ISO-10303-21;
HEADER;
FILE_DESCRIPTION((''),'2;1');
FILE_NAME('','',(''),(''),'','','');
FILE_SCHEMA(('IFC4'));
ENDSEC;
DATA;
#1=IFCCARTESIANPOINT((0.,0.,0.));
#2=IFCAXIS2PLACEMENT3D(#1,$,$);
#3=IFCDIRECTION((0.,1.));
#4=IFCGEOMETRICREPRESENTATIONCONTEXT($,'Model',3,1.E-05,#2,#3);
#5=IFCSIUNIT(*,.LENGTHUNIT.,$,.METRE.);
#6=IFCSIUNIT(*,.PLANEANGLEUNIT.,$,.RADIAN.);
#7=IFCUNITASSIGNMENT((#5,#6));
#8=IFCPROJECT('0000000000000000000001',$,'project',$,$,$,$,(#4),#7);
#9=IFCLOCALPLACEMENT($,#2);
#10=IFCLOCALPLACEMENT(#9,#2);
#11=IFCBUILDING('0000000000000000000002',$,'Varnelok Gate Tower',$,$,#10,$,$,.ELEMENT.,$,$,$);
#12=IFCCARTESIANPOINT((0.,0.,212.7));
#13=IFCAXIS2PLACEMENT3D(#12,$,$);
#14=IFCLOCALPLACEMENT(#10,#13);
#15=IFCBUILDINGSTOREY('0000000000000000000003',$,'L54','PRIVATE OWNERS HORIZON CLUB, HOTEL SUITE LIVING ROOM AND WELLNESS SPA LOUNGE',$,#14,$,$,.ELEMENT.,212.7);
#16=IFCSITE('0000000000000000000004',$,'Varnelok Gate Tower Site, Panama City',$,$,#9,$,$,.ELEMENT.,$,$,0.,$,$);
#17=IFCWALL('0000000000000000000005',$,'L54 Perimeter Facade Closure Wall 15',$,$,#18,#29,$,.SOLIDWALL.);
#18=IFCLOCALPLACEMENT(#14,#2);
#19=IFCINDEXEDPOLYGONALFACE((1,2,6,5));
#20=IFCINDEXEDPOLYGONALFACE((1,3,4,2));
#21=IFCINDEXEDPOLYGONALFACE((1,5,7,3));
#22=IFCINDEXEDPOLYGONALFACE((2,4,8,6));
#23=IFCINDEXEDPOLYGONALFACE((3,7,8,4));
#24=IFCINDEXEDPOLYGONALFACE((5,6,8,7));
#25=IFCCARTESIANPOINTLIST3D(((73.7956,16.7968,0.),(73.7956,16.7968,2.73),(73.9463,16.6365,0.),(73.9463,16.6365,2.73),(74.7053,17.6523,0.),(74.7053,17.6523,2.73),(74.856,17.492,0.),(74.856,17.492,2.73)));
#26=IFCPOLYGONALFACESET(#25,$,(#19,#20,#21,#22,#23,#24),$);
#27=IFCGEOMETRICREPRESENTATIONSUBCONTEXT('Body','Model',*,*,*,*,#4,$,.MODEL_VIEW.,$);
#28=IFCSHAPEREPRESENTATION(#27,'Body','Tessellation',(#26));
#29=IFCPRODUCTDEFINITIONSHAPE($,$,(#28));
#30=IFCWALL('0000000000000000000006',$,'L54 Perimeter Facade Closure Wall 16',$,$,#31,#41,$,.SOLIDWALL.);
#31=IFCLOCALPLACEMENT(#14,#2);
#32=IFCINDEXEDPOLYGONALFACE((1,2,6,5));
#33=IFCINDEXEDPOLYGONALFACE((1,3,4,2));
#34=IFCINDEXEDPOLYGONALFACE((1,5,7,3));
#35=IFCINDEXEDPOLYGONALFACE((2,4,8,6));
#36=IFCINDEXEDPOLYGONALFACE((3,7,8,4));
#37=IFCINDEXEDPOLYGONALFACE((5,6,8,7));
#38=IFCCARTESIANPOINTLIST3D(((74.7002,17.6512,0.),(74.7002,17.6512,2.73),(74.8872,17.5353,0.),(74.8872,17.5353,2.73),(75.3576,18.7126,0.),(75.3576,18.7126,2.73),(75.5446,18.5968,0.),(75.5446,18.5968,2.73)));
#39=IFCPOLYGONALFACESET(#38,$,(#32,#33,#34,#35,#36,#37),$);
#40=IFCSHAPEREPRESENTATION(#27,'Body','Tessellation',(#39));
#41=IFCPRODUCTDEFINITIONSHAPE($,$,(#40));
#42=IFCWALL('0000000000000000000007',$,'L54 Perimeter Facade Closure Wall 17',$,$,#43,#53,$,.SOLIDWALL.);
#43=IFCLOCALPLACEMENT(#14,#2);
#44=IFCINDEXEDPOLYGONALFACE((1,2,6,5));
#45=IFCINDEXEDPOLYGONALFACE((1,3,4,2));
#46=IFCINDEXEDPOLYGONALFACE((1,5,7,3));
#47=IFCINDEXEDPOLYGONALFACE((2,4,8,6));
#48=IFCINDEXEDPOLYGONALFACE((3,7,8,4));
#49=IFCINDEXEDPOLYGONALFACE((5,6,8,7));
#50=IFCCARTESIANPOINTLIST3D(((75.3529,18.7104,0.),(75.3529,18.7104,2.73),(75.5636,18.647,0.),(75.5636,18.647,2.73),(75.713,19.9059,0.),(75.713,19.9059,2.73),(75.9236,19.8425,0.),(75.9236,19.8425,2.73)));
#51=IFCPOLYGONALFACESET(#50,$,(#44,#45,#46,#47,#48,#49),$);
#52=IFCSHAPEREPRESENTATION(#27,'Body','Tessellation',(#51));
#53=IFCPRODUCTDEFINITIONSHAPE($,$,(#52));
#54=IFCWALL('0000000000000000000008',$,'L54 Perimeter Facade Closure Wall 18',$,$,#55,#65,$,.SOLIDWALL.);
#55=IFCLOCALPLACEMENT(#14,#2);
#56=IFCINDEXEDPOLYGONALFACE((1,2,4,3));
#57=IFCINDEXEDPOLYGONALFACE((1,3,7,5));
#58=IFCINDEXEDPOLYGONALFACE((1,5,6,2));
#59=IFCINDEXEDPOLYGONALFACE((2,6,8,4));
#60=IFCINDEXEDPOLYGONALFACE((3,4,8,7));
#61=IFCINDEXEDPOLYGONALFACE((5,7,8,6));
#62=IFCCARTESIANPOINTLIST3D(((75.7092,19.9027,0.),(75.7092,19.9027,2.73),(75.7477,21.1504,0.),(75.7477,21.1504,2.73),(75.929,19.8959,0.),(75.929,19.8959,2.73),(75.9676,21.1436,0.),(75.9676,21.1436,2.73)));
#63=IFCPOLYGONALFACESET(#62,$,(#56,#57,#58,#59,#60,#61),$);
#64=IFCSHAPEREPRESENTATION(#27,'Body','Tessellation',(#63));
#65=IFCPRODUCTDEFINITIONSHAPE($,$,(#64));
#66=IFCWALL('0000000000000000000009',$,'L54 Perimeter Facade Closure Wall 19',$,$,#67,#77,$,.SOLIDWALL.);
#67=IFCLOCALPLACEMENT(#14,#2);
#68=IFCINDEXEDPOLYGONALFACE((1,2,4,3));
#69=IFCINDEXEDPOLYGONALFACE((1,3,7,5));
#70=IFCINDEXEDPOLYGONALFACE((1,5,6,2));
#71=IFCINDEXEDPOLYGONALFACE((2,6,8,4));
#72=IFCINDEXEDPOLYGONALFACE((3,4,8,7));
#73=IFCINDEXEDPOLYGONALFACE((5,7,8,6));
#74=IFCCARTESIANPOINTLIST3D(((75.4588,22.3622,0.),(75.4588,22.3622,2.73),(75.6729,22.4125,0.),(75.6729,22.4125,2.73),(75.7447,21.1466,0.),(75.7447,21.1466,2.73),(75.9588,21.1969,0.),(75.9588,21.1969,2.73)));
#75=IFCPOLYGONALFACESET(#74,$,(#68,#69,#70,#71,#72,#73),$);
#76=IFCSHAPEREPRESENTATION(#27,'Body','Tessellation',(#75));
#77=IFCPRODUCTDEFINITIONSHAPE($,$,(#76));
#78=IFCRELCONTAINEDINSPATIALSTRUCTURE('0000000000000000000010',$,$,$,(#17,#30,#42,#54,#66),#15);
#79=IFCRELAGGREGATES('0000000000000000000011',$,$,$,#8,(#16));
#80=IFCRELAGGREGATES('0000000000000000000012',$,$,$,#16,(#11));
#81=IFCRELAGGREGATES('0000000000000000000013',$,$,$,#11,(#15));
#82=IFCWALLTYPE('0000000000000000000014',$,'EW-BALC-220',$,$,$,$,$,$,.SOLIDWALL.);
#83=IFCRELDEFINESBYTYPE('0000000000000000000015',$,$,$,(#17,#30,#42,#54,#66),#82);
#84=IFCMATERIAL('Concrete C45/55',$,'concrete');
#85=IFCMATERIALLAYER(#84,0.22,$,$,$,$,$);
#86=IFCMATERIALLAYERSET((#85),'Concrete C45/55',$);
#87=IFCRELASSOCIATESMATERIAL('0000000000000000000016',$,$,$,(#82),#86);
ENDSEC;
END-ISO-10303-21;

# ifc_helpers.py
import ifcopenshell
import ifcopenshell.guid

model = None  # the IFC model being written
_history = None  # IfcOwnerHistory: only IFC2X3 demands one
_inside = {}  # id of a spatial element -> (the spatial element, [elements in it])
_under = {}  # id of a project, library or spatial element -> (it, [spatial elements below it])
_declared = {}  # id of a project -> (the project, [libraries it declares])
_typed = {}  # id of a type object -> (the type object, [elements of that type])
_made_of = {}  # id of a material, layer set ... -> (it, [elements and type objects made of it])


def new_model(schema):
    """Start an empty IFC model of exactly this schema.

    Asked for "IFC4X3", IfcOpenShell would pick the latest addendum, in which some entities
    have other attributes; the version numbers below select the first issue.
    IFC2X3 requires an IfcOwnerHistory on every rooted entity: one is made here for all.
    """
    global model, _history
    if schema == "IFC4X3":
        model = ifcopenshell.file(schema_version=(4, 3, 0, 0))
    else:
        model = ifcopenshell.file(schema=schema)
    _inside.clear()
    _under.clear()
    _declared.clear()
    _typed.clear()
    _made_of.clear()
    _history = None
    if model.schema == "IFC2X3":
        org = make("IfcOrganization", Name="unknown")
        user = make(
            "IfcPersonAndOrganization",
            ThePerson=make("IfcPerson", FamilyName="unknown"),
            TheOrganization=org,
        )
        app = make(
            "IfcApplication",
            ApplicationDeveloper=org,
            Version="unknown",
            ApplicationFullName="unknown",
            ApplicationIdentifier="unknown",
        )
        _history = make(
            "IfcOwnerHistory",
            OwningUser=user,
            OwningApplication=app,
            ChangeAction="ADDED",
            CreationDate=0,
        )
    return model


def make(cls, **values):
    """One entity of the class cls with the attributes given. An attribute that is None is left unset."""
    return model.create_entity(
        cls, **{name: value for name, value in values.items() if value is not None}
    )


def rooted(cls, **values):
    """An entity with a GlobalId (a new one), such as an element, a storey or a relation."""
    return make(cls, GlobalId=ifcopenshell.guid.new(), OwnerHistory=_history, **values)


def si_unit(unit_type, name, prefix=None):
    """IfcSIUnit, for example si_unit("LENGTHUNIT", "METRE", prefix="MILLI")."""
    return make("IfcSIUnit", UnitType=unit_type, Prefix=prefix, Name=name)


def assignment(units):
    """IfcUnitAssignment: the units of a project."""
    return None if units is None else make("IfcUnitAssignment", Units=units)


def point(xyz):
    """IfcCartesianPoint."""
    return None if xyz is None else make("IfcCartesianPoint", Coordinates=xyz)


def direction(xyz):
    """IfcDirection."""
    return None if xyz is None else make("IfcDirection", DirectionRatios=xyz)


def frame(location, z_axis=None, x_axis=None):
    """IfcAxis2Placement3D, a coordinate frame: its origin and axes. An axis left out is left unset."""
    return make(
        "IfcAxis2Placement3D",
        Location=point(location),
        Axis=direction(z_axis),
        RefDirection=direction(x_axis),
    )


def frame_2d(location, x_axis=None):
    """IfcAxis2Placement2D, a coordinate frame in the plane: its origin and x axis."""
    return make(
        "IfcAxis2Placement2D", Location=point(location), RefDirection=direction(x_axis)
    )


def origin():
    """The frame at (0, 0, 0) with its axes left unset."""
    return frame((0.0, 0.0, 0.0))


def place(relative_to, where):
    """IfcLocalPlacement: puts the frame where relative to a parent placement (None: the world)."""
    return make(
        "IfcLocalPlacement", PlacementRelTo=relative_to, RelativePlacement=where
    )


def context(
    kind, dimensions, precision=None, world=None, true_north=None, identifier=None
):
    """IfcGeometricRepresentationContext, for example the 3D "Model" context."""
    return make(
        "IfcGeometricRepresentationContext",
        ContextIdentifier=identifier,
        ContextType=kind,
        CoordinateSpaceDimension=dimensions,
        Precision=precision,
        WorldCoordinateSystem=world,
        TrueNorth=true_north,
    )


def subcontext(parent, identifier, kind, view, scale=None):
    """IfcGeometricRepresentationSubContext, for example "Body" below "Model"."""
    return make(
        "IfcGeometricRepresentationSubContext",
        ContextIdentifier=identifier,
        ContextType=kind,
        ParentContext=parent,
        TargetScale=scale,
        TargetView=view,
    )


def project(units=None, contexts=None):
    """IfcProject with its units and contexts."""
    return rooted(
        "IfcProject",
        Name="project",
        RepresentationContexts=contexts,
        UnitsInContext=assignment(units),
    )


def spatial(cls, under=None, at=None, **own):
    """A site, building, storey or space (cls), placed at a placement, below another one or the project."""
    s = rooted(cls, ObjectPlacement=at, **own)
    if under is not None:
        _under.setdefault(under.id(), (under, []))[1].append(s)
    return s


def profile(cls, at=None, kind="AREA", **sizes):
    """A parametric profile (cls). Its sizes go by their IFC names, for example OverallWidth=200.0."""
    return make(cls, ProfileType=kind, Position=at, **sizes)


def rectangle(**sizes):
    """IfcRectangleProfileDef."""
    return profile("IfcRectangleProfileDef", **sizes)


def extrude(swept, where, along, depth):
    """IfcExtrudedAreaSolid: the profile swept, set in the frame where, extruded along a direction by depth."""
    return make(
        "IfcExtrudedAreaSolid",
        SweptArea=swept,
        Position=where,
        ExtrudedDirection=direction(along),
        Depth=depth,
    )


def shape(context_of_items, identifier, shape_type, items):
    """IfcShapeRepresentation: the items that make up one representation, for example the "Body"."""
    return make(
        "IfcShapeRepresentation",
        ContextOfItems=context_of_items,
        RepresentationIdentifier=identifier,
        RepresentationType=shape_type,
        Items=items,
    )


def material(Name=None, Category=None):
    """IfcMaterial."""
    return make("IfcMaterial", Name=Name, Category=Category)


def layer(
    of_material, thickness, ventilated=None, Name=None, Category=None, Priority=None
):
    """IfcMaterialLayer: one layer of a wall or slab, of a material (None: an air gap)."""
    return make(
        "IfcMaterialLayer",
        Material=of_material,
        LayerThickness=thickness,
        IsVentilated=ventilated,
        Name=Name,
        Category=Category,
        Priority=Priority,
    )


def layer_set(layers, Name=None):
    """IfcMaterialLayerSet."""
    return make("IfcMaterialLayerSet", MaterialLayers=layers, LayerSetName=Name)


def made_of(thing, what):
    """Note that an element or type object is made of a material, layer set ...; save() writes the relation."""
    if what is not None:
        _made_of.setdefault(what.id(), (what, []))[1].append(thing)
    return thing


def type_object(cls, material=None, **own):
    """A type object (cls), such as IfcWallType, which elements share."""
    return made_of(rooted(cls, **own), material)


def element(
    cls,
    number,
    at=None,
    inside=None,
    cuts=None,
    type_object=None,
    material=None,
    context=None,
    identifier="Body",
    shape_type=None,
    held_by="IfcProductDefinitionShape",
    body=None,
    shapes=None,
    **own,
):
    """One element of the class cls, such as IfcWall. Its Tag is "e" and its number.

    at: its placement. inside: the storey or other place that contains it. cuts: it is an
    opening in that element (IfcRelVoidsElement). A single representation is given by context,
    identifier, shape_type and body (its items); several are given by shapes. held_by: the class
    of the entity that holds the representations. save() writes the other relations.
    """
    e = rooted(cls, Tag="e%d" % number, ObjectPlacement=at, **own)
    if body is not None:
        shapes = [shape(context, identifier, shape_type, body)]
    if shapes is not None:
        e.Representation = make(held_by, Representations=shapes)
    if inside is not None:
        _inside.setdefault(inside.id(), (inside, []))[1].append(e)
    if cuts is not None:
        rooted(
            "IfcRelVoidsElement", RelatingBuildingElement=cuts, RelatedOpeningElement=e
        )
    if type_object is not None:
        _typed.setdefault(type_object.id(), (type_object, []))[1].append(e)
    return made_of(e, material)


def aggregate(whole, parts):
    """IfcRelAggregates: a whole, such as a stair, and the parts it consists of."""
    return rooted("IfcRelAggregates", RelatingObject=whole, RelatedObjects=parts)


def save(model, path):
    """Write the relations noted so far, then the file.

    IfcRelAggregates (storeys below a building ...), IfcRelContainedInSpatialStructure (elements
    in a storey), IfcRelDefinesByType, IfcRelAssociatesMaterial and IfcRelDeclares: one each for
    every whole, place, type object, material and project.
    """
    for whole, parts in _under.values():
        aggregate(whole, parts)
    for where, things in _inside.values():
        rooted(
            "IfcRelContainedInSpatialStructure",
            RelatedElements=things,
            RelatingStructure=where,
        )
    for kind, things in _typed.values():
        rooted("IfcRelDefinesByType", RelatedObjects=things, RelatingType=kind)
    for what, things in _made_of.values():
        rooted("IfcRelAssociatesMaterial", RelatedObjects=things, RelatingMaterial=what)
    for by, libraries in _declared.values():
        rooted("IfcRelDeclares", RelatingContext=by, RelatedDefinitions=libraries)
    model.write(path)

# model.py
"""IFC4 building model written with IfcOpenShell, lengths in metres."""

from ifc_helpers import new_model, si_unit, direction, frame, frame_2d, origin, place, context, subcontext, project, spatial, rectangle, extrude, material, layer, layer_set, type_object, element, save


model = new_model("IFC4")

# Units and contexts
model_context = context("Model", 3, precision=1e-05, world=origin(), true_north=direction((0.0, 1.0)))
body_context = subcontext(model_context, "Body", "Model", "MODEL_VIEW")
ifc_project = project(units=[si_unit("LENGTHUNIT", "METRE"), si_unit("PLANEANGLEUNIT", "RADIAN")], contexts=[model_context])

# Site, building, storey
site_placement = place(None, origin())
site = spatial("IfcSite", under=ifc_project, at=site_placement, Name="Varnelok Gate Tower Site, Panama City", CompositionType="ELEMENT", RefElevation=0.0)
building_placement = place(site_placement, origin())
building = spatial("IfcBuilding", under=site, at=building_placement, Name="Varnelok Gate Tower", CompositionType="ELEMENT")
storey_placement = place(building_placement, frame((0.0, 0.0, 212.7)))
storey = spatial("IfcBuildingStorey", under=building, at=storey_placement, Name="L54", Description="PRIVATE OWNERS HORIZON CLUB, HOTEL SUITE LIVING ROOM AND WELLNESS SPA LOUNGE", CompositionType="ELEMENT", Elevation=212.7)

# Walls
ifc_material_1 = material(Name="Concrete C45/55", Category="concrete")
ifc_layer_1 = layer(ifc_material_1, 0.22)
ifc_layer_set_1 = layer_set([ifc_layer_1], Name="Concrete C45/55")
wall_type = type_object("IfcWallType", Name="EW-BALC-220", PredefinedType="SOLIDWALL", material=ifc_layer_set_1)
wall_1_placement = place(storey_placement, frame((73.8708, 16.7166, 0.0), z_axis=(0.0, 0.0, 1.0), x_axis=(0.728475, 0.685072, 0.0)))
element("IfcWall", 1, at=wall_1_placement, inside=storey, type_object=wall_type, Name="L54 Perimeter Facade Closure Wall 15", PredefinedType="SOLIDWALL", context=body_context, shape_type="SweptSolid", body=[
    extrude(rectangle(XDim=1.2488, YDim=0.22, at=frame_2d((0.6245, 0.0))), origin(), (0.0, 0.0, 1.0), 2.73),
])
for number, where, z_axis, x_axis, name in (
    (2, (74.7937, 17.5933, 0.0), (0.0, 0.0, 1.0), (0.52655, 0.850144, 0.0), "L54 Perimeter Facade Closure Wall 16"),
    (3, (75.4583, 18.6787, 0.0), (0.0, 0.0, 1.0), (0.288406, 0.957508, 0.0), "L54 Perimeter Facade Closure Wall 17"),
):
    element("IfcWall", number, at=place(storey_placement, frame(where, z_axis=z_axis, x_axis=x_axis)), inside=storey, type_object=wall_type, Name=name, PredefinedType="SOLIDWALL", context=body_context, shape_type="SweptSolid", body=[
        extrude(rectangle(XDim=1.2485, YDim=0.22, at=frame_2d((0.6243, 0.0))), origin(), (0.0, 0.0, 1.0), 2.73),
    ])
wall_2_placement = place(storey_placement, frame((75.8191, 19.8994, 0.0), z_axis=(0.0, 0.0, 1.0), x_axis=(0.030899, 0.999523, 0.0)))
element("IfcWall", 4, at=wall_2_placement, inside=storey, type_object=wall_type, Name="L54 Perimeter Facade Closure Wall 18", PredefinedType="SOLIDWALL", context=body_context, shape_type="SweptSolid", body=[
    extrude(rectangle(XDim=1.2483, YDim=0.22, at=frame_2d((0.624, 0.0))), origin(), (0.0, 0.0, 1.0), 2.73),
])
wall_3_placement = place(storey_placement, frame((75.8518, 21.1716, 0.0), z_axis=(0.0, 0.0, 1.0), x_axis=(-0.228941, 0.97344, 0.0)))
element("IfcWall", 5, at=wall_3_placement, inside=storey, type_object=wall_type, Name="L54 Perimeter Facade Closure Wall 19", PredefinedType="SOLIDWALL", context=body_context, shape_type="SweptSolid", body=[
    extrude(rectangle(XDim=1.2488, YDim=0.22, at=frame_2d((0.6245, 0.0))), origin(), (0.0, 0.0, 1.0), 2.73),
])

save(model, "model.ifc")
